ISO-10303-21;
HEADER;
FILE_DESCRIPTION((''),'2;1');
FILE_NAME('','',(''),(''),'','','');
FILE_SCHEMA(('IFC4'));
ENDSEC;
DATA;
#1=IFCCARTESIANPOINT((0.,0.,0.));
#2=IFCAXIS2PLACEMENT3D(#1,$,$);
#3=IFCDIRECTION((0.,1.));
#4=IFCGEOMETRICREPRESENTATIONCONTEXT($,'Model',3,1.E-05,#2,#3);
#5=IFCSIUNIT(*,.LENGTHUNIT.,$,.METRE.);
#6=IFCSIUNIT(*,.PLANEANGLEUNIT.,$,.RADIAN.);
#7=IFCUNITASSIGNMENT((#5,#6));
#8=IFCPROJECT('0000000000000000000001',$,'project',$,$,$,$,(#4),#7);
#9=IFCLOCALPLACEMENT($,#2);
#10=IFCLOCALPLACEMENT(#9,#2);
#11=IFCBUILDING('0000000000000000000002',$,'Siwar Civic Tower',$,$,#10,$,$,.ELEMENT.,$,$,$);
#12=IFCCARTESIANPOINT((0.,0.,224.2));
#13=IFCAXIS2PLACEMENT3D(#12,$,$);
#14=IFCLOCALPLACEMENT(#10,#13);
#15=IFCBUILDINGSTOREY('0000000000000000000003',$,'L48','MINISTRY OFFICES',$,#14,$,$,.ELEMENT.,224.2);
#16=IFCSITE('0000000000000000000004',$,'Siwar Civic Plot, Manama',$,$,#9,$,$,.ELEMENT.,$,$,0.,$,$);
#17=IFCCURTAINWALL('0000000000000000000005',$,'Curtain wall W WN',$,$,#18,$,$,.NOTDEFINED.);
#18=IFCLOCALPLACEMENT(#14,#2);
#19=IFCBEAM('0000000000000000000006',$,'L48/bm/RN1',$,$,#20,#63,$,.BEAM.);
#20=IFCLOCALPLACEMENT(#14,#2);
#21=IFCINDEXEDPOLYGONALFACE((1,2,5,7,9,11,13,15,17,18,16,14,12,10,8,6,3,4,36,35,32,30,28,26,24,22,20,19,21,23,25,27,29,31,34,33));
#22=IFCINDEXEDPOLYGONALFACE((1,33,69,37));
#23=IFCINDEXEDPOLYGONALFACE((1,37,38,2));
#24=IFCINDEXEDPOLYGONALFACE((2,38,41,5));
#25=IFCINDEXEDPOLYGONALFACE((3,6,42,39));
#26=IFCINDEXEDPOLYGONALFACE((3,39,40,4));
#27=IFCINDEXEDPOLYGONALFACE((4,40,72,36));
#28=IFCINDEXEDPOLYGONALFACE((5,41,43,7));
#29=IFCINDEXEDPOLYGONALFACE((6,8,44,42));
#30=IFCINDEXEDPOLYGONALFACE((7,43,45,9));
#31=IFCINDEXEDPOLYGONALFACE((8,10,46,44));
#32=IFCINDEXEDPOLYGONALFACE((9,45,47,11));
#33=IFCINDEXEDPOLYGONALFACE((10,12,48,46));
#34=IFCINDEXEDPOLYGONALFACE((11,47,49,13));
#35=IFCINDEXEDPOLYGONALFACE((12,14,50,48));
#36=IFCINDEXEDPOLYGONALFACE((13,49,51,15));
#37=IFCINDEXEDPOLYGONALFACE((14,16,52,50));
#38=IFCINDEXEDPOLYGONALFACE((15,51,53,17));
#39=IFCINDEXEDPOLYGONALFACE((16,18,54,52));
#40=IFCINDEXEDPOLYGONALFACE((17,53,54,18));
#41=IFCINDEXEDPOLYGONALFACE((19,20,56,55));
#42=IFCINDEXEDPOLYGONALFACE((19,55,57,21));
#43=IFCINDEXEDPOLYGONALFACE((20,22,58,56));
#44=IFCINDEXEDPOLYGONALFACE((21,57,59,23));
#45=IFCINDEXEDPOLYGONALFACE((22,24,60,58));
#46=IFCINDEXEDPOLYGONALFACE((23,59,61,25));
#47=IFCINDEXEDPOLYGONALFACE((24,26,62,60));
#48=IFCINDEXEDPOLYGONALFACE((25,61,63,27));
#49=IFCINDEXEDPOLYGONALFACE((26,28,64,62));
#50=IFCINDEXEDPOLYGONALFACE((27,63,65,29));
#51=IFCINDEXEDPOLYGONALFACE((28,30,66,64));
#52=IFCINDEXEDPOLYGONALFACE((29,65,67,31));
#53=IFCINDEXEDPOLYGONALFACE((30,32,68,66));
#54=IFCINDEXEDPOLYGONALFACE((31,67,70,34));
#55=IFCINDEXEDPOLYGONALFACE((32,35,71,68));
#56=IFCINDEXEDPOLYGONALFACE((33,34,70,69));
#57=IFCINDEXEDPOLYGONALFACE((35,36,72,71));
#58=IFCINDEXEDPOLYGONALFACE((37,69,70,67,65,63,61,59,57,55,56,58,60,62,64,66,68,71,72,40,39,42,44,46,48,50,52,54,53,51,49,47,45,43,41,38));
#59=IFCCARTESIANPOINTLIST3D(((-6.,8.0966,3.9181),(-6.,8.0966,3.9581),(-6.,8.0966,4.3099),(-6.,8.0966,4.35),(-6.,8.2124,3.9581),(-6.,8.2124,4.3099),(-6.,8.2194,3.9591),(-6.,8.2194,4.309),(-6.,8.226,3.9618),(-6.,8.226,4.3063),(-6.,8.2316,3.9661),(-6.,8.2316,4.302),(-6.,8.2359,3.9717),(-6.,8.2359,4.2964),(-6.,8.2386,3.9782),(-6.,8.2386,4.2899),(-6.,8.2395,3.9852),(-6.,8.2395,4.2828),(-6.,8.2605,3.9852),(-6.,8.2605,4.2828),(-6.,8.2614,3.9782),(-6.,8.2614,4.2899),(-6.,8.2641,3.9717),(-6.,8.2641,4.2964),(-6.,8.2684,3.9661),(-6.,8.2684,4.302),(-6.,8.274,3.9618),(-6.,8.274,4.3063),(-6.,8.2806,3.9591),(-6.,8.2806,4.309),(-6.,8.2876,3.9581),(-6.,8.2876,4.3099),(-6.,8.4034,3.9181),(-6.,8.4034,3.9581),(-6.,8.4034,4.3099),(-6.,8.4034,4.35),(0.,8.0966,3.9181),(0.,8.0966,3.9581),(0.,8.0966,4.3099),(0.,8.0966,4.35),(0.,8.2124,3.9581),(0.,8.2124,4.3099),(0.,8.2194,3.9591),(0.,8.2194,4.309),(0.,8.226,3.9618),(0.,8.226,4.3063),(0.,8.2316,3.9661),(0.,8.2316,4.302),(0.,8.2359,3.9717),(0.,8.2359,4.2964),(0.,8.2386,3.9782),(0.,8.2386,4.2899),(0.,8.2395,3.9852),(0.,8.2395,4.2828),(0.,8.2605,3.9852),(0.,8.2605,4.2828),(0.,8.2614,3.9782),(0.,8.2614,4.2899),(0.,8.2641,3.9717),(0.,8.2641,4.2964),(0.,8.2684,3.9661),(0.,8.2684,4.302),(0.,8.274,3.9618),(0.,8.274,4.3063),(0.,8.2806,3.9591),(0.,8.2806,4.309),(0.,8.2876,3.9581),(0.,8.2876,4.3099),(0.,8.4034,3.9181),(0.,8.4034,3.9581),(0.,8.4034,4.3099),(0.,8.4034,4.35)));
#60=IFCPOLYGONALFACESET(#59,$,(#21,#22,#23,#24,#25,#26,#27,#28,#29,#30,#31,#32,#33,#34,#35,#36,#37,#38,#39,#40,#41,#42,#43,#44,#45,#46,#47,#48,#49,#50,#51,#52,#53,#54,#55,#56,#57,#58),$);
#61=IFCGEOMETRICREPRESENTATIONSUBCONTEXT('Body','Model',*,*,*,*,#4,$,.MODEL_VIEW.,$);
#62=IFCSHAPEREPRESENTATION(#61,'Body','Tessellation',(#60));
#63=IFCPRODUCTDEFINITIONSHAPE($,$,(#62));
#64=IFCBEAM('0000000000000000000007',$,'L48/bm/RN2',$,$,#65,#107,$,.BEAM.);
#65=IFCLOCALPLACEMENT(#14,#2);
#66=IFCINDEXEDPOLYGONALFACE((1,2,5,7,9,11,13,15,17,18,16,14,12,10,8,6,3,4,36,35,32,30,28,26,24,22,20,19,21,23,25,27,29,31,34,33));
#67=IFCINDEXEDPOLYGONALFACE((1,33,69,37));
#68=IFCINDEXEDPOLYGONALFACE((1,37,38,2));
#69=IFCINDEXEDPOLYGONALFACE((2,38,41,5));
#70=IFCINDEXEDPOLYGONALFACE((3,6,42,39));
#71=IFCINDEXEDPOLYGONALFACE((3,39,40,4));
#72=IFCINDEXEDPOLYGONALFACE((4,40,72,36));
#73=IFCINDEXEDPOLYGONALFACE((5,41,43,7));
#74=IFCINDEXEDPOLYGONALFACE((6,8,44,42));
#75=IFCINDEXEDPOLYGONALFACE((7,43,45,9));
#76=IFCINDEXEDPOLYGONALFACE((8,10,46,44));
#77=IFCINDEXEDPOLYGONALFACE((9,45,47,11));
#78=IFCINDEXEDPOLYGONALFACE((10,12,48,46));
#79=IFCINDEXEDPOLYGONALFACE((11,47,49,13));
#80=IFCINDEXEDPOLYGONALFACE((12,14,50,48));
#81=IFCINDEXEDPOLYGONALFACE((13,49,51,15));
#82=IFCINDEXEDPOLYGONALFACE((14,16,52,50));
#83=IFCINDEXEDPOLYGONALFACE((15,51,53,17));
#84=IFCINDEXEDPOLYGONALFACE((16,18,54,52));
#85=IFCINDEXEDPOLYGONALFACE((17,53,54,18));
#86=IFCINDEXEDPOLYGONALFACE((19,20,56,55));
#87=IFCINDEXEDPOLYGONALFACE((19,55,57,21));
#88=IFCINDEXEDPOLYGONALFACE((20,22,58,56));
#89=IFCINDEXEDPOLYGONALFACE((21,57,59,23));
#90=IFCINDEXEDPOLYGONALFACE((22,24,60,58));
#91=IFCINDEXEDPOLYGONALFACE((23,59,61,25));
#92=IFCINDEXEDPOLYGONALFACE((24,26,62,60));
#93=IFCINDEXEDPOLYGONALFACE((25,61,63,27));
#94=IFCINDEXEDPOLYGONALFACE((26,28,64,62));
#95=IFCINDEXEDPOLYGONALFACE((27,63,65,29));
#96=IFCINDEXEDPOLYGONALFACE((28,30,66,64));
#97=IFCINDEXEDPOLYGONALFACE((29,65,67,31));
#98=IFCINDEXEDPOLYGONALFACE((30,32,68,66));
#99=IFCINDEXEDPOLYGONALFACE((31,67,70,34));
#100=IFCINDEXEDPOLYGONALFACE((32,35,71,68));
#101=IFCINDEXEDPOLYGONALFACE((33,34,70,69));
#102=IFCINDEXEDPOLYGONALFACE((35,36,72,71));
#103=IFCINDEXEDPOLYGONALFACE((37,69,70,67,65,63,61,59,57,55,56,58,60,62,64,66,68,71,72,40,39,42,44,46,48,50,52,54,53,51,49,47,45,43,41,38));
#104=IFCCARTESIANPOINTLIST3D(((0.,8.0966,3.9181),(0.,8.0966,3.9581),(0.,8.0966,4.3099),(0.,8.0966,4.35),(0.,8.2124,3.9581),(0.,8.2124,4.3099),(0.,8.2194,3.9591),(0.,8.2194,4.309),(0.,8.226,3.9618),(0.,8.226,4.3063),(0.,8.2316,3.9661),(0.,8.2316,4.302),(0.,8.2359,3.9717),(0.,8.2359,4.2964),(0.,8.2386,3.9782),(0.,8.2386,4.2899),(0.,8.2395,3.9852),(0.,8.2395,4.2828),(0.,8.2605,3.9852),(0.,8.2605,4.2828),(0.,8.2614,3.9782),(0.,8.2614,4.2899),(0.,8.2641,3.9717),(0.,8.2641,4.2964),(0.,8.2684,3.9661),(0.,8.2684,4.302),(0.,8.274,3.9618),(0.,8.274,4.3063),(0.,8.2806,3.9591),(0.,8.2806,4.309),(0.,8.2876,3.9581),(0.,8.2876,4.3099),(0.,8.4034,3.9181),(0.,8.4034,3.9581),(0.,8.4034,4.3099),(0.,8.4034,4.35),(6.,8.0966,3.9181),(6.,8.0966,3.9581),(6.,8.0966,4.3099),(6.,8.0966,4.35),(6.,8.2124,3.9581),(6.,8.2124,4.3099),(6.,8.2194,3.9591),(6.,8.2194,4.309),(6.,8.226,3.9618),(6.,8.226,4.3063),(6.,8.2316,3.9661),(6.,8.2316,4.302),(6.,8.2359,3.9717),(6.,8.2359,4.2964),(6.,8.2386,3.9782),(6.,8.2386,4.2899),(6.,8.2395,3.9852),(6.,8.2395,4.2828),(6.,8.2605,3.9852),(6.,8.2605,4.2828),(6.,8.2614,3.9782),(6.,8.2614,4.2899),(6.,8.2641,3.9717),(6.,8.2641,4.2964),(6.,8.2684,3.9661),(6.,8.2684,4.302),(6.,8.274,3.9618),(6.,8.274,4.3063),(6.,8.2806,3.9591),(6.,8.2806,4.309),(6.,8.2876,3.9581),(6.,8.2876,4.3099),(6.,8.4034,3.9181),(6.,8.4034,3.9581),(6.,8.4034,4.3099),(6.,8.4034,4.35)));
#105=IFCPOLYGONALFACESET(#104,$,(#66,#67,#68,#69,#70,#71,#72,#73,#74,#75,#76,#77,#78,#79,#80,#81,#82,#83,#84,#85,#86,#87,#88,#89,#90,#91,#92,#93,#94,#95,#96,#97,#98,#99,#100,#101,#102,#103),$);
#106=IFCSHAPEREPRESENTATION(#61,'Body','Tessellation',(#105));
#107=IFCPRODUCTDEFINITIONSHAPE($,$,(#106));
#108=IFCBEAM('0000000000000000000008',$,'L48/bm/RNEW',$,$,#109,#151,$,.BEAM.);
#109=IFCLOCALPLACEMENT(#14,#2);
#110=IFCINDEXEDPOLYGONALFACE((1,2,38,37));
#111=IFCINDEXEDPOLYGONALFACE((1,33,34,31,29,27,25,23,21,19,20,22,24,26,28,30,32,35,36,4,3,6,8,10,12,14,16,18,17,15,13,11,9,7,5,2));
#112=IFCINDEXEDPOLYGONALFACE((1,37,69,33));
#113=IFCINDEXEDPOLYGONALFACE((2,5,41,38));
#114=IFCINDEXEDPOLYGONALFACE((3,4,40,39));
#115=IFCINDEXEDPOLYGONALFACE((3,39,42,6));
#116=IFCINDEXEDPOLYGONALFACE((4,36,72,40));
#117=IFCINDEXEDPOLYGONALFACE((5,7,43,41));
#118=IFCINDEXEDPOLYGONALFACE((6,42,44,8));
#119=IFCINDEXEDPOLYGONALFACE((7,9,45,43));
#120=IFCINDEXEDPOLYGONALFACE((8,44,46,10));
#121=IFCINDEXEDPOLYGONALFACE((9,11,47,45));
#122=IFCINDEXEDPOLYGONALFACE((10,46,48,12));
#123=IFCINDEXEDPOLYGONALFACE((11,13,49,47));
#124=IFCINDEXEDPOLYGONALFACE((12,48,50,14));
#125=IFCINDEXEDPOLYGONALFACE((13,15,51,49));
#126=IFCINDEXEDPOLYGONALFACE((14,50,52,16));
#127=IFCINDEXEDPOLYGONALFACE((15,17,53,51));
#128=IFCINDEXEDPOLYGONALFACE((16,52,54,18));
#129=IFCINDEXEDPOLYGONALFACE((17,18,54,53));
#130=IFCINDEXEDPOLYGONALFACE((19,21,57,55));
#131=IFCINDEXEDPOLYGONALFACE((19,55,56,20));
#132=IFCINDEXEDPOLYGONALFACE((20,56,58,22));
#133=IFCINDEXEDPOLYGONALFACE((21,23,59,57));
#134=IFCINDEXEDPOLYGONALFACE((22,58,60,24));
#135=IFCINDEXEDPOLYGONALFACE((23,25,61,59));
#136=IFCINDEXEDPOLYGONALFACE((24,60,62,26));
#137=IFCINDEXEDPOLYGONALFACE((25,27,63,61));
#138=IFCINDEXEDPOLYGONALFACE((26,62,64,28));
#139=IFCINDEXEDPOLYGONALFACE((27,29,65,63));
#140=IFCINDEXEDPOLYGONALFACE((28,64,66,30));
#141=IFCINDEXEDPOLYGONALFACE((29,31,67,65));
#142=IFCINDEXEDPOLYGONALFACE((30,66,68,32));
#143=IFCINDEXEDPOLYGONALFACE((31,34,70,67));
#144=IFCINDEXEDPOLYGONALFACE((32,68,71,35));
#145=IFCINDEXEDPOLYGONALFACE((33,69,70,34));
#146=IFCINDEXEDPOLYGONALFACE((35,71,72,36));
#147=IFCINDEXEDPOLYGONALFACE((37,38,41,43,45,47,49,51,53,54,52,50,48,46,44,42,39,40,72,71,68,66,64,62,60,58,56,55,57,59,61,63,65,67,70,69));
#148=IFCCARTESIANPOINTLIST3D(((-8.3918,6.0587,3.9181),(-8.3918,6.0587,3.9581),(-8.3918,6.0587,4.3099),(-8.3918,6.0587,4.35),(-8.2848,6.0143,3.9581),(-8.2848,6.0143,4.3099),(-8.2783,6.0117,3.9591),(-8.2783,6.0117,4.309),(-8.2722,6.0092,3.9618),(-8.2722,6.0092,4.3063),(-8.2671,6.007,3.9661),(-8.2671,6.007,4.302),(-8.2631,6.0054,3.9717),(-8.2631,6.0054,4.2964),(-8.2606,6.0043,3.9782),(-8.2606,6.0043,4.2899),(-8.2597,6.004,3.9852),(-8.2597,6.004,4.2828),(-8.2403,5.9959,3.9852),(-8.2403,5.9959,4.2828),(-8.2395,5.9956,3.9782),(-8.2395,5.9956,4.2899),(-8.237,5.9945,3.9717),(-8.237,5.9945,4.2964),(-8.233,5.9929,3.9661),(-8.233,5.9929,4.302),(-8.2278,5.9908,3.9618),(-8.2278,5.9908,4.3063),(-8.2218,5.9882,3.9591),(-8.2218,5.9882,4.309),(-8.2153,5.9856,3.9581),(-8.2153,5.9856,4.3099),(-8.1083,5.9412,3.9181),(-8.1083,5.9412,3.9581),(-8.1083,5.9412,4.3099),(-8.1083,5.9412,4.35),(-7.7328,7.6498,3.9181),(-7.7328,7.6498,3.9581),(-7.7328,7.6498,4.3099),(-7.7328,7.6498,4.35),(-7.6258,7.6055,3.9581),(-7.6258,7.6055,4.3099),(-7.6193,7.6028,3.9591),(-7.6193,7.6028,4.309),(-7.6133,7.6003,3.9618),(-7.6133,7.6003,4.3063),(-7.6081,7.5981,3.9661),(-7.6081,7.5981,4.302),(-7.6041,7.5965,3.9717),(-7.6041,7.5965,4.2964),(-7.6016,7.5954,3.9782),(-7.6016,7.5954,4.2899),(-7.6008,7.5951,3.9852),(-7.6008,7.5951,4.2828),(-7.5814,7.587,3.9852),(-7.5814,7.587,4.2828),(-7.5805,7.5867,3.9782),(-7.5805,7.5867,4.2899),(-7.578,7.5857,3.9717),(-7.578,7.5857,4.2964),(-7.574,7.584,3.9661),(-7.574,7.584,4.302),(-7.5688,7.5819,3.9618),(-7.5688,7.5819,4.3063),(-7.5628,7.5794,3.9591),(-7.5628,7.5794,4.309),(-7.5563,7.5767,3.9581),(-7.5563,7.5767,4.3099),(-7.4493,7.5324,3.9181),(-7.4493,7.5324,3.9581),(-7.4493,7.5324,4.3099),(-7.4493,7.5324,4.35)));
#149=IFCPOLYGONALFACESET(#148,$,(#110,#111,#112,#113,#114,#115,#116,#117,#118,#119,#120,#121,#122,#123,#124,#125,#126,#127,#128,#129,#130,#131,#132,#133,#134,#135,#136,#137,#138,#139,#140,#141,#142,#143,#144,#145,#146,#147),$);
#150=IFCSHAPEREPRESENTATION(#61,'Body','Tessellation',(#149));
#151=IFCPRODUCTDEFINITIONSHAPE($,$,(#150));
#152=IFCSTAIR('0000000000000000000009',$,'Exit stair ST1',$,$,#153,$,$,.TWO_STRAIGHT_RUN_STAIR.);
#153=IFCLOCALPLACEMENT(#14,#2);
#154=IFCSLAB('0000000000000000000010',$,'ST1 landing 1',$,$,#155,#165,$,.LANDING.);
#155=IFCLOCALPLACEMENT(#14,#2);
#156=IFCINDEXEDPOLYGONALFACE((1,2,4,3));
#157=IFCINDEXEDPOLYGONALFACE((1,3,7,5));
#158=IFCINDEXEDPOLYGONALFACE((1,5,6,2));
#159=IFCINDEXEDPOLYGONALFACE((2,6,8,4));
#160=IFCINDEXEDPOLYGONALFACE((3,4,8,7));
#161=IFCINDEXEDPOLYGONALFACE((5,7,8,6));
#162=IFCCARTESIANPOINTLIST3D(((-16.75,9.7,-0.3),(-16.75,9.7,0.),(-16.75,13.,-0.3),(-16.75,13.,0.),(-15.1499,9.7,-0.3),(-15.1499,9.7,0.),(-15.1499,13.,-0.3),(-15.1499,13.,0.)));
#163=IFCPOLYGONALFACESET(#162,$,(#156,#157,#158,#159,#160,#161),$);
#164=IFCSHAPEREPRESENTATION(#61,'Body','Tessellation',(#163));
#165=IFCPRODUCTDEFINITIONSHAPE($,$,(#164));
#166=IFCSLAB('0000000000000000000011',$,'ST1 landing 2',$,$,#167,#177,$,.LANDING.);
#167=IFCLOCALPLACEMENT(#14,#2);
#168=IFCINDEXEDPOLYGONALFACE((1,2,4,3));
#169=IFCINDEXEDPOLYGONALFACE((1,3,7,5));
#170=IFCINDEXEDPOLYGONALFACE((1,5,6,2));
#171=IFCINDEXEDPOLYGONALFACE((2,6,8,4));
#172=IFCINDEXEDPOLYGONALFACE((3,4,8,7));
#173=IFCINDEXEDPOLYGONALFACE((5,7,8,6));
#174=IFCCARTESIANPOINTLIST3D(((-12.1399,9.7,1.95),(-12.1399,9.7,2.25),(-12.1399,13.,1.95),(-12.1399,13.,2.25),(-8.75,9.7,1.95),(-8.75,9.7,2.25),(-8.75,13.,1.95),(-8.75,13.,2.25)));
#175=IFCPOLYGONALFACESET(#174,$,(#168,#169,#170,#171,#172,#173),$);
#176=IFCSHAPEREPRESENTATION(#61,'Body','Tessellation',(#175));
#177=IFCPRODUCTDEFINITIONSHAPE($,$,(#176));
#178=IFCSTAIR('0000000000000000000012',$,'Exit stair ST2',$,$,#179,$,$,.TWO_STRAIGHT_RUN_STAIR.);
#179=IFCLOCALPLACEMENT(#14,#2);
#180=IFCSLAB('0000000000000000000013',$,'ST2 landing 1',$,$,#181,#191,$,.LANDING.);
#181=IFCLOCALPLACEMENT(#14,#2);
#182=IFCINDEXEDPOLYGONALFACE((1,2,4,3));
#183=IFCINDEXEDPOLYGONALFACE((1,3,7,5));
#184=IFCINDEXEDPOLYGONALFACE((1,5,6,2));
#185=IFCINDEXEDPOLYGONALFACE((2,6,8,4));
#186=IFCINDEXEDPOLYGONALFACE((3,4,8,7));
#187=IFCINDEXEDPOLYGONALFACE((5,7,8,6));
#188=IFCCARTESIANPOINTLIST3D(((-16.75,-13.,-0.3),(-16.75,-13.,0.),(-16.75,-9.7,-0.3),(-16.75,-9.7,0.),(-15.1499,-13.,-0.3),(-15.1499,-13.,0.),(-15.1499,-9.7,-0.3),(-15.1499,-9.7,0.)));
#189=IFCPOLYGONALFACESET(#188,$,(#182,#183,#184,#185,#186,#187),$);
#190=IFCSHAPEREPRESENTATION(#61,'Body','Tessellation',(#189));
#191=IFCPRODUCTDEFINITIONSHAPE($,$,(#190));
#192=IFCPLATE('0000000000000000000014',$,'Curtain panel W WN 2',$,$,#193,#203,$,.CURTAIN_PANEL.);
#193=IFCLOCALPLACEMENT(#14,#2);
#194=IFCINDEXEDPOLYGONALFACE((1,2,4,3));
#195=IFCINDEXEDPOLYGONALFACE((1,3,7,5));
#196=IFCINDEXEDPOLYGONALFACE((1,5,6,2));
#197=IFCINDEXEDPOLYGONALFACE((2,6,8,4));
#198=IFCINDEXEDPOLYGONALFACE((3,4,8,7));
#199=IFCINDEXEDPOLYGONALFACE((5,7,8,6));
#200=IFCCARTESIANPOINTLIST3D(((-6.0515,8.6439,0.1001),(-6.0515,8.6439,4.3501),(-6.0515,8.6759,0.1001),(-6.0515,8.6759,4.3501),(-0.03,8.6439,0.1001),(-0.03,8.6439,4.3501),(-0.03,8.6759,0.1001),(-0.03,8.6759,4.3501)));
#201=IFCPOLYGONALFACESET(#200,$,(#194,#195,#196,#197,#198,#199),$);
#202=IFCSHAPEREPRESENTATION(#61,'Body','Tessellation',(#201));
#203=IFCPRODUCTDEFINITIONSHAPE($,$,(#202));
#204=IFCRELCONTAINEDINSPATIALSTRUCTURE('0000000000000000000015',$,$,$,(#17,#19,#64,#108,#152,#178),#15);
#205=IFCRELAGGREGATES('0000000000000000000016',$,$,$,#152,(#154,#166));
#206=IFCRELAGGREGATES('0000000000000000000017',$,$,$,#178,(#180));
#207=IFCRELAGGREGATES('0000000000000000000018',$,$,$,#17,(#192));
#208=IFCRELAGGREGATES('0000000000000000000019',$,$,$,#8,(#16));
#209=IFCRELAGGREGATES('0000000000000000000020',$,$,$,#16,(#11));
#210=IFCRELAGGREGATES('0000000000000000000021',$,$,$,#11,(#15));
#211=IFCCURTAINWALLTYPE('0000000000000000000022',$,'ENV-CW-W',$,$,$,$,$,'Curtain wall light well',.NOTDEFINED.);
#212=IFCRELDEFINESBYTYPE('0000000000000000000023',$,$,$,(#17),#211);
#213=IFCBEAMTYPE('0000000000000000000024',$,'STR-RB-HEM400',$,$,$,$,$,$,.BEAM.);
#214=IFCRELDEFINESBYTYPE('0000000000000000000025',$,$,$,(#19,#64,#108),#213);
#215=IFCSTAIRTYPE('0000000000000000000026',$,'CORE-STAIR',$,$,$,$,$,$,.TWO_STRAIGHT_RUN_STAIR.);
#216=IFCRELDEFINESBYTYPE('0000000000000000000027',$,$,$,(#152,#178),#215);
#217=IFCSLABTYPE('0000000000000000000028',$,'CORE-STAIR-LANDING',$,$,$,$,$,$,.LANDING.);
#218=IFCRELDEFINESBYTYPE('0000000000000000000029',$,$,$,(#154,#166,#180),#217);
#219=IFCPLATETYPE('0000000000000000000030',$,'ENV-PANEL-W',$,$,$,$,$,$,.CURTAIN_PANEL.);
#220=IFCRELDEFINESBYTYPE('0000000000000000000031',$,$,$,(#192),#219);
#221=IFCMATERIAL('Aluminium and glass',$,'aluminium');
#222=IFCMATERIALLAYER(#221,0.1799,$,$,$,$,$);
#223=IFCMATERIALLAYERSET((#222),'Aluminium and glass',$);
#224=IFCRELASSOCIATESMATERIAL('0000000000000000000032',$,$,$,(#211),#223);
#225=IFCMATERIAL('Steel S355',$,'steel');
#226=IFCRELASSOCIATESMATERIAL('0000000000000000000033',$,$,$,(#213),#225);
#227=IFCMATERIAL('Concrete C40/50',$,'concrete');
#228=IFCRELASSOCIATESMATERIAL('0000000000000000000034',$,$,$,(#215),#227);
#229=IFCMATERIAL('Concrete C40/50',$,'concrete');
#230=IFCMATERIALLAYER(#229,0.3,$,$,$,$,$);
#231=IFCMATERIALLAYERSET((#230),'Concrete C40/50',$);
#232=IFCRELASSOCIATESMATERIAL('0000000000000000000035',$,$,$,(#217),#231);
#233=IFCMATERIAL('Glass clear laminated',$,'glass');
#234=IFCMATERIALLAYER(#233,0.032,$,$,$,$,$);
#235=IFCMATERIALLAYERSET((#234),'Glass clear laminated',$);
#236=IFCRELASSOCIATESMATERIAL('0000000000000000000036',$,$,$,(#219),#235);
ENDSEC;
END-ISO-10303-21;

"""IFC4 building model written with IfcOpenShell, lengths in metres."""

from ifc_helpers import new_model, si_unit, direction, frame, origin, origin_2d, place, context, subcontext, project, spatial, polyline, rectangle, i_section, outline, extrude, material, layer, layer_set, material_profile, profile_set, type_object, element, aggregate, save


model = new_model("IFC4")

# Units and contexts
model_context = context("Model", 3, precision=1e-05, world=origin(), true_north=direction((0.0, 1.0)))
body_context = subcontext(model_context, "Body", "Model", "MODEL_VIEW")
ifc_project = project(units=[si_unit("LENGTHUNIT", "METRE"), si_unit("PLANEANGLEUNIT", "RADIAN")], contexts=[model_context])

# Site, building, storey
site_placement = place(None, origin())
site = spatial("IfcSite", under=ifc_project, at=site_placement, Name="Siwar Civic Plot, Manama", CompositionType="ELEMENT", RefElevation=0.0)
building_placement = place(site_placement, origin())
building = spatial("IfcBuilding", under=site, at=building_placement, Name="Siwar Civic Tower", CompositionType="ELEMENT")
storey_placement = place(building_placement, frame((0.0, 0.0, 224.2)))
storey = spatial("IfcBuildingStorey", under=building, at=storey_placement, Name="L48", Description="MINISTRY OFFICES", CompositionType="ELEMENT", Elevation=224.2)

# Curtain wall
ifc_material_1 = material(Name="Aluminium and glass", Category="aluminium")
ifc_layer_1 = layer(ifc_material_1, 0.1799)
ifc_layer_set_1 = layer_set([ifc_layer_1], Name="Aluminium and glass")
curtain_wall_type = type_object("IfcCurtainWallType", Name="ENV-CW-W", ElementType="Curtain wall light well", PredefinedType="NOTDEFINED", material=ifc_layer_set_1)
curtain_wall_placement = place(storey_placement, origin())
curtain_wall = element("IfcCurtainWall", 1, at=curtain_wall_placement, inside=storey, type_object=curtain_wall_type, Name="Curtain wall W WN", PredefinedType="NOTDEFINED")

# Beams
ifc_material_2 = material(Name="Steel S355", Category="steel")
ifc_material_profile_1 = material_profile(ifc_material_2, i_section(OverallWidth=0.3069, OverallDepth=0.4319, WebThickness=0.021, FlangeThickness=0.04, FilletRadius=0.0271, at=origin_2d()), Name="HEM400")
ifc_profile_set_1 = profile_set([ifc_material_profile_1], Name="Steel S355")
beam_type_1 = type_object("IfcBeamType", Name="STR-RB-HEM400", PredefinedType="BEAM", material=ifc_profile_set_1)
for number, where, z_axis, x_axis, name in (
    (2, (-6.0, 8.25, 4.134), (1.0, 0.0, 0.0), (0.0, 1.0, 0.0), "L48/bm/RN1"),
    (3, (0.0, 8.25, 4.134), (1.0, 0.0, 0.0), (0.0, 1.0, 0.0), "L48/bm/RN2"),
):
    element("IfcBeam", number, at=place(storey_placement, frame(where, z_axis=z_axis, x_axis=x_axis)), inside=storey, type_object=beam_type_1, Name=name, PredefinedType="BEAM", context=body_context, shape_type="SweptSolid", body=[
        extrude(i_section(OverallWidth=0.3069, OverallDepth=0.4319, WebThickness=0.021, FlangeThickness=0.04, FilletRadius=0.0271, at=origin_2d()), origin(), (0.0, 0.0, 1.0), 6.0),
    ])
beam_1_placement = place(storey_placement, frame((-7.5911, 7.5911, 4.134), z_axis=(-0.382631, -0.923901, 0.0), x_axis=(0.923901, -0.382631, 0.0)))
element("IfcBeam", 4, at=beam_1_placement, inside=storey, type_object=beam_type_1, Name="L48/bm/RNEW", PredefinedType="BEAM", context=body_context, shape_type="SweptSolid", body=[
    extrude(i_section(OverallWidth=0.3069, OverallDepth=0.4319, WebThickness=0.021, FlangeThickness=0.04, FilletRadius=0.0271, at=origin_2d()), origin(), (0.0, 0.0, 1.0), 1.7222),
])

# Stair, slabs
ifc_material_3 = material(Name="Concrete C40/50", Category="concrete")
stair_type = type_object("IfcStairType", Name="CORE-STAIR", PredefinedType="TWO_STRAIGHT_RUN_STAIR", material=ifc_material_3)
stair_1_placement = place(storey_placement, origin())
stair_1 = element("IfcStair", 5, at=stair_1_placement, inside=storey, type_object=stair_type, Name="Exit stair ST1", PredefinedType="TWO_STRAIGHT_RUN_STAIR")
ifc_material_4 = material(Name="Concrete C40/50", Category="concrete")
ifc_layer_2 = layer(ifc_material_4, 0.3)
ifc_layer_set_2 = layer_set([ifc_layer_2], Name="Concrete C40/50")
slab_type_1 = type_object("IfcSlabType", Name="CORE-STAIR-LANDING", PredefinedType="LANDING", material=ifc_layer_set_2)
slab_1_placement = place(storey_placement, frame((0.0, 0.0, -0.3)))
slab_1 = element("IfcSlab", 6, at=slab_1_placement, type_object=slab_type_1, Name="ST1 landing 1", PredefinedType="LANDING", context=body_context, shape_type="SweptSolid", body=[
    extrude(outline(polyline([(-15.1499, 13.0), (-16.75, 13.0), (-16.75, 9.7), (-15.1499, 9.7), (-15.1499, 13.0)])), origin(), (0.0, 0.0, 1.0), 0.3),
])
slab_2_placement = place(storey_placement, frame((0.0, 0.0, 1.95)))
slab_2 = element("IfcSlab", 7, at=slab_2_placement, type_object=slab_type_1, Name="ST1 landing 2", PredefinedType="LANDING", context=body_context, shape_type="SweptSolid", body=[
    extrude(outline(polyline([(-8.75, 13.0), (-12.1399, 13.0), (-12.1399, 9.7), (-8.75, 9.7), (-8.75, 13.0)])), origin(), (0.0, 0.0, 1.0), 0.3),
])
aggregate(stair_1, [slab_1, slab_2])

# Stair, slab
stair_2_placement = place(storey_placement, origin())
stair_2 = element("IfcStair", 8, at=stair_2_placement, inside=storey, type_object=stair_type, Name="Exit stair ST2", PredefinedType="TWO_STRAIGHT_RUN_STAIR")
slab_3_placement = place(storey_placement, frame((0.0, 0.0, -0.3)))
slab_3 = element("IfcSlab", 9, at=slab_3_placement, type_object=slab_type_1, Name="ST2 landing 1", PredefinedType="LANDING", context=body_context, shape_type="SweptSolid", body=[
    extrude(outline(polyline([(-15.1499, -9.7), (-16.75, -9.7), (-16.75, -13.0), (-15.1499, -13.0), (-15.1499, -9.7)])), origin(), (0.0, 0.0, 1.0), 0.3),
])
aggregate(stair_2, [slab_3])

# Plate
ifc_material_5 = material(Name="Glass clear laminated", Category="glass")
ifc_layer_3 = layer(ifc_material_5, 0.032)
ifc_layer_set_3 = layer_set([ifc_layer_3], Name="Glass clear laminated")
plate_type = type_object("IfcPlateType", Name="ENV-PANEL-W", PredefinedType="CURTAIN_PANEL", material=ifc_layer_set_3)
plate_placement = place(storey_placement, frame((-3.0408, 8.6599, 0.1001), z_axis=(0.0, 0.0, 1.0), x_axis=(-1.0, 0.0, 0.0)))
plate = element("IfcPlate", 10, at=plate_placement, type_object=plate_type, Name="Curtain panel W WN 2", PredefinedType="CURTAIN_PANEL", context=body_context, shape_type="SweptSolid", body=[
    extrude(rectangle(XDim=6.0215, YDim=0.032, at=origin_2d()), origin(), (0.0, 0.0, 1.0), 4.25),
])
aggregate(curtain_wall, [plate])

save(model, "model.ifc")
